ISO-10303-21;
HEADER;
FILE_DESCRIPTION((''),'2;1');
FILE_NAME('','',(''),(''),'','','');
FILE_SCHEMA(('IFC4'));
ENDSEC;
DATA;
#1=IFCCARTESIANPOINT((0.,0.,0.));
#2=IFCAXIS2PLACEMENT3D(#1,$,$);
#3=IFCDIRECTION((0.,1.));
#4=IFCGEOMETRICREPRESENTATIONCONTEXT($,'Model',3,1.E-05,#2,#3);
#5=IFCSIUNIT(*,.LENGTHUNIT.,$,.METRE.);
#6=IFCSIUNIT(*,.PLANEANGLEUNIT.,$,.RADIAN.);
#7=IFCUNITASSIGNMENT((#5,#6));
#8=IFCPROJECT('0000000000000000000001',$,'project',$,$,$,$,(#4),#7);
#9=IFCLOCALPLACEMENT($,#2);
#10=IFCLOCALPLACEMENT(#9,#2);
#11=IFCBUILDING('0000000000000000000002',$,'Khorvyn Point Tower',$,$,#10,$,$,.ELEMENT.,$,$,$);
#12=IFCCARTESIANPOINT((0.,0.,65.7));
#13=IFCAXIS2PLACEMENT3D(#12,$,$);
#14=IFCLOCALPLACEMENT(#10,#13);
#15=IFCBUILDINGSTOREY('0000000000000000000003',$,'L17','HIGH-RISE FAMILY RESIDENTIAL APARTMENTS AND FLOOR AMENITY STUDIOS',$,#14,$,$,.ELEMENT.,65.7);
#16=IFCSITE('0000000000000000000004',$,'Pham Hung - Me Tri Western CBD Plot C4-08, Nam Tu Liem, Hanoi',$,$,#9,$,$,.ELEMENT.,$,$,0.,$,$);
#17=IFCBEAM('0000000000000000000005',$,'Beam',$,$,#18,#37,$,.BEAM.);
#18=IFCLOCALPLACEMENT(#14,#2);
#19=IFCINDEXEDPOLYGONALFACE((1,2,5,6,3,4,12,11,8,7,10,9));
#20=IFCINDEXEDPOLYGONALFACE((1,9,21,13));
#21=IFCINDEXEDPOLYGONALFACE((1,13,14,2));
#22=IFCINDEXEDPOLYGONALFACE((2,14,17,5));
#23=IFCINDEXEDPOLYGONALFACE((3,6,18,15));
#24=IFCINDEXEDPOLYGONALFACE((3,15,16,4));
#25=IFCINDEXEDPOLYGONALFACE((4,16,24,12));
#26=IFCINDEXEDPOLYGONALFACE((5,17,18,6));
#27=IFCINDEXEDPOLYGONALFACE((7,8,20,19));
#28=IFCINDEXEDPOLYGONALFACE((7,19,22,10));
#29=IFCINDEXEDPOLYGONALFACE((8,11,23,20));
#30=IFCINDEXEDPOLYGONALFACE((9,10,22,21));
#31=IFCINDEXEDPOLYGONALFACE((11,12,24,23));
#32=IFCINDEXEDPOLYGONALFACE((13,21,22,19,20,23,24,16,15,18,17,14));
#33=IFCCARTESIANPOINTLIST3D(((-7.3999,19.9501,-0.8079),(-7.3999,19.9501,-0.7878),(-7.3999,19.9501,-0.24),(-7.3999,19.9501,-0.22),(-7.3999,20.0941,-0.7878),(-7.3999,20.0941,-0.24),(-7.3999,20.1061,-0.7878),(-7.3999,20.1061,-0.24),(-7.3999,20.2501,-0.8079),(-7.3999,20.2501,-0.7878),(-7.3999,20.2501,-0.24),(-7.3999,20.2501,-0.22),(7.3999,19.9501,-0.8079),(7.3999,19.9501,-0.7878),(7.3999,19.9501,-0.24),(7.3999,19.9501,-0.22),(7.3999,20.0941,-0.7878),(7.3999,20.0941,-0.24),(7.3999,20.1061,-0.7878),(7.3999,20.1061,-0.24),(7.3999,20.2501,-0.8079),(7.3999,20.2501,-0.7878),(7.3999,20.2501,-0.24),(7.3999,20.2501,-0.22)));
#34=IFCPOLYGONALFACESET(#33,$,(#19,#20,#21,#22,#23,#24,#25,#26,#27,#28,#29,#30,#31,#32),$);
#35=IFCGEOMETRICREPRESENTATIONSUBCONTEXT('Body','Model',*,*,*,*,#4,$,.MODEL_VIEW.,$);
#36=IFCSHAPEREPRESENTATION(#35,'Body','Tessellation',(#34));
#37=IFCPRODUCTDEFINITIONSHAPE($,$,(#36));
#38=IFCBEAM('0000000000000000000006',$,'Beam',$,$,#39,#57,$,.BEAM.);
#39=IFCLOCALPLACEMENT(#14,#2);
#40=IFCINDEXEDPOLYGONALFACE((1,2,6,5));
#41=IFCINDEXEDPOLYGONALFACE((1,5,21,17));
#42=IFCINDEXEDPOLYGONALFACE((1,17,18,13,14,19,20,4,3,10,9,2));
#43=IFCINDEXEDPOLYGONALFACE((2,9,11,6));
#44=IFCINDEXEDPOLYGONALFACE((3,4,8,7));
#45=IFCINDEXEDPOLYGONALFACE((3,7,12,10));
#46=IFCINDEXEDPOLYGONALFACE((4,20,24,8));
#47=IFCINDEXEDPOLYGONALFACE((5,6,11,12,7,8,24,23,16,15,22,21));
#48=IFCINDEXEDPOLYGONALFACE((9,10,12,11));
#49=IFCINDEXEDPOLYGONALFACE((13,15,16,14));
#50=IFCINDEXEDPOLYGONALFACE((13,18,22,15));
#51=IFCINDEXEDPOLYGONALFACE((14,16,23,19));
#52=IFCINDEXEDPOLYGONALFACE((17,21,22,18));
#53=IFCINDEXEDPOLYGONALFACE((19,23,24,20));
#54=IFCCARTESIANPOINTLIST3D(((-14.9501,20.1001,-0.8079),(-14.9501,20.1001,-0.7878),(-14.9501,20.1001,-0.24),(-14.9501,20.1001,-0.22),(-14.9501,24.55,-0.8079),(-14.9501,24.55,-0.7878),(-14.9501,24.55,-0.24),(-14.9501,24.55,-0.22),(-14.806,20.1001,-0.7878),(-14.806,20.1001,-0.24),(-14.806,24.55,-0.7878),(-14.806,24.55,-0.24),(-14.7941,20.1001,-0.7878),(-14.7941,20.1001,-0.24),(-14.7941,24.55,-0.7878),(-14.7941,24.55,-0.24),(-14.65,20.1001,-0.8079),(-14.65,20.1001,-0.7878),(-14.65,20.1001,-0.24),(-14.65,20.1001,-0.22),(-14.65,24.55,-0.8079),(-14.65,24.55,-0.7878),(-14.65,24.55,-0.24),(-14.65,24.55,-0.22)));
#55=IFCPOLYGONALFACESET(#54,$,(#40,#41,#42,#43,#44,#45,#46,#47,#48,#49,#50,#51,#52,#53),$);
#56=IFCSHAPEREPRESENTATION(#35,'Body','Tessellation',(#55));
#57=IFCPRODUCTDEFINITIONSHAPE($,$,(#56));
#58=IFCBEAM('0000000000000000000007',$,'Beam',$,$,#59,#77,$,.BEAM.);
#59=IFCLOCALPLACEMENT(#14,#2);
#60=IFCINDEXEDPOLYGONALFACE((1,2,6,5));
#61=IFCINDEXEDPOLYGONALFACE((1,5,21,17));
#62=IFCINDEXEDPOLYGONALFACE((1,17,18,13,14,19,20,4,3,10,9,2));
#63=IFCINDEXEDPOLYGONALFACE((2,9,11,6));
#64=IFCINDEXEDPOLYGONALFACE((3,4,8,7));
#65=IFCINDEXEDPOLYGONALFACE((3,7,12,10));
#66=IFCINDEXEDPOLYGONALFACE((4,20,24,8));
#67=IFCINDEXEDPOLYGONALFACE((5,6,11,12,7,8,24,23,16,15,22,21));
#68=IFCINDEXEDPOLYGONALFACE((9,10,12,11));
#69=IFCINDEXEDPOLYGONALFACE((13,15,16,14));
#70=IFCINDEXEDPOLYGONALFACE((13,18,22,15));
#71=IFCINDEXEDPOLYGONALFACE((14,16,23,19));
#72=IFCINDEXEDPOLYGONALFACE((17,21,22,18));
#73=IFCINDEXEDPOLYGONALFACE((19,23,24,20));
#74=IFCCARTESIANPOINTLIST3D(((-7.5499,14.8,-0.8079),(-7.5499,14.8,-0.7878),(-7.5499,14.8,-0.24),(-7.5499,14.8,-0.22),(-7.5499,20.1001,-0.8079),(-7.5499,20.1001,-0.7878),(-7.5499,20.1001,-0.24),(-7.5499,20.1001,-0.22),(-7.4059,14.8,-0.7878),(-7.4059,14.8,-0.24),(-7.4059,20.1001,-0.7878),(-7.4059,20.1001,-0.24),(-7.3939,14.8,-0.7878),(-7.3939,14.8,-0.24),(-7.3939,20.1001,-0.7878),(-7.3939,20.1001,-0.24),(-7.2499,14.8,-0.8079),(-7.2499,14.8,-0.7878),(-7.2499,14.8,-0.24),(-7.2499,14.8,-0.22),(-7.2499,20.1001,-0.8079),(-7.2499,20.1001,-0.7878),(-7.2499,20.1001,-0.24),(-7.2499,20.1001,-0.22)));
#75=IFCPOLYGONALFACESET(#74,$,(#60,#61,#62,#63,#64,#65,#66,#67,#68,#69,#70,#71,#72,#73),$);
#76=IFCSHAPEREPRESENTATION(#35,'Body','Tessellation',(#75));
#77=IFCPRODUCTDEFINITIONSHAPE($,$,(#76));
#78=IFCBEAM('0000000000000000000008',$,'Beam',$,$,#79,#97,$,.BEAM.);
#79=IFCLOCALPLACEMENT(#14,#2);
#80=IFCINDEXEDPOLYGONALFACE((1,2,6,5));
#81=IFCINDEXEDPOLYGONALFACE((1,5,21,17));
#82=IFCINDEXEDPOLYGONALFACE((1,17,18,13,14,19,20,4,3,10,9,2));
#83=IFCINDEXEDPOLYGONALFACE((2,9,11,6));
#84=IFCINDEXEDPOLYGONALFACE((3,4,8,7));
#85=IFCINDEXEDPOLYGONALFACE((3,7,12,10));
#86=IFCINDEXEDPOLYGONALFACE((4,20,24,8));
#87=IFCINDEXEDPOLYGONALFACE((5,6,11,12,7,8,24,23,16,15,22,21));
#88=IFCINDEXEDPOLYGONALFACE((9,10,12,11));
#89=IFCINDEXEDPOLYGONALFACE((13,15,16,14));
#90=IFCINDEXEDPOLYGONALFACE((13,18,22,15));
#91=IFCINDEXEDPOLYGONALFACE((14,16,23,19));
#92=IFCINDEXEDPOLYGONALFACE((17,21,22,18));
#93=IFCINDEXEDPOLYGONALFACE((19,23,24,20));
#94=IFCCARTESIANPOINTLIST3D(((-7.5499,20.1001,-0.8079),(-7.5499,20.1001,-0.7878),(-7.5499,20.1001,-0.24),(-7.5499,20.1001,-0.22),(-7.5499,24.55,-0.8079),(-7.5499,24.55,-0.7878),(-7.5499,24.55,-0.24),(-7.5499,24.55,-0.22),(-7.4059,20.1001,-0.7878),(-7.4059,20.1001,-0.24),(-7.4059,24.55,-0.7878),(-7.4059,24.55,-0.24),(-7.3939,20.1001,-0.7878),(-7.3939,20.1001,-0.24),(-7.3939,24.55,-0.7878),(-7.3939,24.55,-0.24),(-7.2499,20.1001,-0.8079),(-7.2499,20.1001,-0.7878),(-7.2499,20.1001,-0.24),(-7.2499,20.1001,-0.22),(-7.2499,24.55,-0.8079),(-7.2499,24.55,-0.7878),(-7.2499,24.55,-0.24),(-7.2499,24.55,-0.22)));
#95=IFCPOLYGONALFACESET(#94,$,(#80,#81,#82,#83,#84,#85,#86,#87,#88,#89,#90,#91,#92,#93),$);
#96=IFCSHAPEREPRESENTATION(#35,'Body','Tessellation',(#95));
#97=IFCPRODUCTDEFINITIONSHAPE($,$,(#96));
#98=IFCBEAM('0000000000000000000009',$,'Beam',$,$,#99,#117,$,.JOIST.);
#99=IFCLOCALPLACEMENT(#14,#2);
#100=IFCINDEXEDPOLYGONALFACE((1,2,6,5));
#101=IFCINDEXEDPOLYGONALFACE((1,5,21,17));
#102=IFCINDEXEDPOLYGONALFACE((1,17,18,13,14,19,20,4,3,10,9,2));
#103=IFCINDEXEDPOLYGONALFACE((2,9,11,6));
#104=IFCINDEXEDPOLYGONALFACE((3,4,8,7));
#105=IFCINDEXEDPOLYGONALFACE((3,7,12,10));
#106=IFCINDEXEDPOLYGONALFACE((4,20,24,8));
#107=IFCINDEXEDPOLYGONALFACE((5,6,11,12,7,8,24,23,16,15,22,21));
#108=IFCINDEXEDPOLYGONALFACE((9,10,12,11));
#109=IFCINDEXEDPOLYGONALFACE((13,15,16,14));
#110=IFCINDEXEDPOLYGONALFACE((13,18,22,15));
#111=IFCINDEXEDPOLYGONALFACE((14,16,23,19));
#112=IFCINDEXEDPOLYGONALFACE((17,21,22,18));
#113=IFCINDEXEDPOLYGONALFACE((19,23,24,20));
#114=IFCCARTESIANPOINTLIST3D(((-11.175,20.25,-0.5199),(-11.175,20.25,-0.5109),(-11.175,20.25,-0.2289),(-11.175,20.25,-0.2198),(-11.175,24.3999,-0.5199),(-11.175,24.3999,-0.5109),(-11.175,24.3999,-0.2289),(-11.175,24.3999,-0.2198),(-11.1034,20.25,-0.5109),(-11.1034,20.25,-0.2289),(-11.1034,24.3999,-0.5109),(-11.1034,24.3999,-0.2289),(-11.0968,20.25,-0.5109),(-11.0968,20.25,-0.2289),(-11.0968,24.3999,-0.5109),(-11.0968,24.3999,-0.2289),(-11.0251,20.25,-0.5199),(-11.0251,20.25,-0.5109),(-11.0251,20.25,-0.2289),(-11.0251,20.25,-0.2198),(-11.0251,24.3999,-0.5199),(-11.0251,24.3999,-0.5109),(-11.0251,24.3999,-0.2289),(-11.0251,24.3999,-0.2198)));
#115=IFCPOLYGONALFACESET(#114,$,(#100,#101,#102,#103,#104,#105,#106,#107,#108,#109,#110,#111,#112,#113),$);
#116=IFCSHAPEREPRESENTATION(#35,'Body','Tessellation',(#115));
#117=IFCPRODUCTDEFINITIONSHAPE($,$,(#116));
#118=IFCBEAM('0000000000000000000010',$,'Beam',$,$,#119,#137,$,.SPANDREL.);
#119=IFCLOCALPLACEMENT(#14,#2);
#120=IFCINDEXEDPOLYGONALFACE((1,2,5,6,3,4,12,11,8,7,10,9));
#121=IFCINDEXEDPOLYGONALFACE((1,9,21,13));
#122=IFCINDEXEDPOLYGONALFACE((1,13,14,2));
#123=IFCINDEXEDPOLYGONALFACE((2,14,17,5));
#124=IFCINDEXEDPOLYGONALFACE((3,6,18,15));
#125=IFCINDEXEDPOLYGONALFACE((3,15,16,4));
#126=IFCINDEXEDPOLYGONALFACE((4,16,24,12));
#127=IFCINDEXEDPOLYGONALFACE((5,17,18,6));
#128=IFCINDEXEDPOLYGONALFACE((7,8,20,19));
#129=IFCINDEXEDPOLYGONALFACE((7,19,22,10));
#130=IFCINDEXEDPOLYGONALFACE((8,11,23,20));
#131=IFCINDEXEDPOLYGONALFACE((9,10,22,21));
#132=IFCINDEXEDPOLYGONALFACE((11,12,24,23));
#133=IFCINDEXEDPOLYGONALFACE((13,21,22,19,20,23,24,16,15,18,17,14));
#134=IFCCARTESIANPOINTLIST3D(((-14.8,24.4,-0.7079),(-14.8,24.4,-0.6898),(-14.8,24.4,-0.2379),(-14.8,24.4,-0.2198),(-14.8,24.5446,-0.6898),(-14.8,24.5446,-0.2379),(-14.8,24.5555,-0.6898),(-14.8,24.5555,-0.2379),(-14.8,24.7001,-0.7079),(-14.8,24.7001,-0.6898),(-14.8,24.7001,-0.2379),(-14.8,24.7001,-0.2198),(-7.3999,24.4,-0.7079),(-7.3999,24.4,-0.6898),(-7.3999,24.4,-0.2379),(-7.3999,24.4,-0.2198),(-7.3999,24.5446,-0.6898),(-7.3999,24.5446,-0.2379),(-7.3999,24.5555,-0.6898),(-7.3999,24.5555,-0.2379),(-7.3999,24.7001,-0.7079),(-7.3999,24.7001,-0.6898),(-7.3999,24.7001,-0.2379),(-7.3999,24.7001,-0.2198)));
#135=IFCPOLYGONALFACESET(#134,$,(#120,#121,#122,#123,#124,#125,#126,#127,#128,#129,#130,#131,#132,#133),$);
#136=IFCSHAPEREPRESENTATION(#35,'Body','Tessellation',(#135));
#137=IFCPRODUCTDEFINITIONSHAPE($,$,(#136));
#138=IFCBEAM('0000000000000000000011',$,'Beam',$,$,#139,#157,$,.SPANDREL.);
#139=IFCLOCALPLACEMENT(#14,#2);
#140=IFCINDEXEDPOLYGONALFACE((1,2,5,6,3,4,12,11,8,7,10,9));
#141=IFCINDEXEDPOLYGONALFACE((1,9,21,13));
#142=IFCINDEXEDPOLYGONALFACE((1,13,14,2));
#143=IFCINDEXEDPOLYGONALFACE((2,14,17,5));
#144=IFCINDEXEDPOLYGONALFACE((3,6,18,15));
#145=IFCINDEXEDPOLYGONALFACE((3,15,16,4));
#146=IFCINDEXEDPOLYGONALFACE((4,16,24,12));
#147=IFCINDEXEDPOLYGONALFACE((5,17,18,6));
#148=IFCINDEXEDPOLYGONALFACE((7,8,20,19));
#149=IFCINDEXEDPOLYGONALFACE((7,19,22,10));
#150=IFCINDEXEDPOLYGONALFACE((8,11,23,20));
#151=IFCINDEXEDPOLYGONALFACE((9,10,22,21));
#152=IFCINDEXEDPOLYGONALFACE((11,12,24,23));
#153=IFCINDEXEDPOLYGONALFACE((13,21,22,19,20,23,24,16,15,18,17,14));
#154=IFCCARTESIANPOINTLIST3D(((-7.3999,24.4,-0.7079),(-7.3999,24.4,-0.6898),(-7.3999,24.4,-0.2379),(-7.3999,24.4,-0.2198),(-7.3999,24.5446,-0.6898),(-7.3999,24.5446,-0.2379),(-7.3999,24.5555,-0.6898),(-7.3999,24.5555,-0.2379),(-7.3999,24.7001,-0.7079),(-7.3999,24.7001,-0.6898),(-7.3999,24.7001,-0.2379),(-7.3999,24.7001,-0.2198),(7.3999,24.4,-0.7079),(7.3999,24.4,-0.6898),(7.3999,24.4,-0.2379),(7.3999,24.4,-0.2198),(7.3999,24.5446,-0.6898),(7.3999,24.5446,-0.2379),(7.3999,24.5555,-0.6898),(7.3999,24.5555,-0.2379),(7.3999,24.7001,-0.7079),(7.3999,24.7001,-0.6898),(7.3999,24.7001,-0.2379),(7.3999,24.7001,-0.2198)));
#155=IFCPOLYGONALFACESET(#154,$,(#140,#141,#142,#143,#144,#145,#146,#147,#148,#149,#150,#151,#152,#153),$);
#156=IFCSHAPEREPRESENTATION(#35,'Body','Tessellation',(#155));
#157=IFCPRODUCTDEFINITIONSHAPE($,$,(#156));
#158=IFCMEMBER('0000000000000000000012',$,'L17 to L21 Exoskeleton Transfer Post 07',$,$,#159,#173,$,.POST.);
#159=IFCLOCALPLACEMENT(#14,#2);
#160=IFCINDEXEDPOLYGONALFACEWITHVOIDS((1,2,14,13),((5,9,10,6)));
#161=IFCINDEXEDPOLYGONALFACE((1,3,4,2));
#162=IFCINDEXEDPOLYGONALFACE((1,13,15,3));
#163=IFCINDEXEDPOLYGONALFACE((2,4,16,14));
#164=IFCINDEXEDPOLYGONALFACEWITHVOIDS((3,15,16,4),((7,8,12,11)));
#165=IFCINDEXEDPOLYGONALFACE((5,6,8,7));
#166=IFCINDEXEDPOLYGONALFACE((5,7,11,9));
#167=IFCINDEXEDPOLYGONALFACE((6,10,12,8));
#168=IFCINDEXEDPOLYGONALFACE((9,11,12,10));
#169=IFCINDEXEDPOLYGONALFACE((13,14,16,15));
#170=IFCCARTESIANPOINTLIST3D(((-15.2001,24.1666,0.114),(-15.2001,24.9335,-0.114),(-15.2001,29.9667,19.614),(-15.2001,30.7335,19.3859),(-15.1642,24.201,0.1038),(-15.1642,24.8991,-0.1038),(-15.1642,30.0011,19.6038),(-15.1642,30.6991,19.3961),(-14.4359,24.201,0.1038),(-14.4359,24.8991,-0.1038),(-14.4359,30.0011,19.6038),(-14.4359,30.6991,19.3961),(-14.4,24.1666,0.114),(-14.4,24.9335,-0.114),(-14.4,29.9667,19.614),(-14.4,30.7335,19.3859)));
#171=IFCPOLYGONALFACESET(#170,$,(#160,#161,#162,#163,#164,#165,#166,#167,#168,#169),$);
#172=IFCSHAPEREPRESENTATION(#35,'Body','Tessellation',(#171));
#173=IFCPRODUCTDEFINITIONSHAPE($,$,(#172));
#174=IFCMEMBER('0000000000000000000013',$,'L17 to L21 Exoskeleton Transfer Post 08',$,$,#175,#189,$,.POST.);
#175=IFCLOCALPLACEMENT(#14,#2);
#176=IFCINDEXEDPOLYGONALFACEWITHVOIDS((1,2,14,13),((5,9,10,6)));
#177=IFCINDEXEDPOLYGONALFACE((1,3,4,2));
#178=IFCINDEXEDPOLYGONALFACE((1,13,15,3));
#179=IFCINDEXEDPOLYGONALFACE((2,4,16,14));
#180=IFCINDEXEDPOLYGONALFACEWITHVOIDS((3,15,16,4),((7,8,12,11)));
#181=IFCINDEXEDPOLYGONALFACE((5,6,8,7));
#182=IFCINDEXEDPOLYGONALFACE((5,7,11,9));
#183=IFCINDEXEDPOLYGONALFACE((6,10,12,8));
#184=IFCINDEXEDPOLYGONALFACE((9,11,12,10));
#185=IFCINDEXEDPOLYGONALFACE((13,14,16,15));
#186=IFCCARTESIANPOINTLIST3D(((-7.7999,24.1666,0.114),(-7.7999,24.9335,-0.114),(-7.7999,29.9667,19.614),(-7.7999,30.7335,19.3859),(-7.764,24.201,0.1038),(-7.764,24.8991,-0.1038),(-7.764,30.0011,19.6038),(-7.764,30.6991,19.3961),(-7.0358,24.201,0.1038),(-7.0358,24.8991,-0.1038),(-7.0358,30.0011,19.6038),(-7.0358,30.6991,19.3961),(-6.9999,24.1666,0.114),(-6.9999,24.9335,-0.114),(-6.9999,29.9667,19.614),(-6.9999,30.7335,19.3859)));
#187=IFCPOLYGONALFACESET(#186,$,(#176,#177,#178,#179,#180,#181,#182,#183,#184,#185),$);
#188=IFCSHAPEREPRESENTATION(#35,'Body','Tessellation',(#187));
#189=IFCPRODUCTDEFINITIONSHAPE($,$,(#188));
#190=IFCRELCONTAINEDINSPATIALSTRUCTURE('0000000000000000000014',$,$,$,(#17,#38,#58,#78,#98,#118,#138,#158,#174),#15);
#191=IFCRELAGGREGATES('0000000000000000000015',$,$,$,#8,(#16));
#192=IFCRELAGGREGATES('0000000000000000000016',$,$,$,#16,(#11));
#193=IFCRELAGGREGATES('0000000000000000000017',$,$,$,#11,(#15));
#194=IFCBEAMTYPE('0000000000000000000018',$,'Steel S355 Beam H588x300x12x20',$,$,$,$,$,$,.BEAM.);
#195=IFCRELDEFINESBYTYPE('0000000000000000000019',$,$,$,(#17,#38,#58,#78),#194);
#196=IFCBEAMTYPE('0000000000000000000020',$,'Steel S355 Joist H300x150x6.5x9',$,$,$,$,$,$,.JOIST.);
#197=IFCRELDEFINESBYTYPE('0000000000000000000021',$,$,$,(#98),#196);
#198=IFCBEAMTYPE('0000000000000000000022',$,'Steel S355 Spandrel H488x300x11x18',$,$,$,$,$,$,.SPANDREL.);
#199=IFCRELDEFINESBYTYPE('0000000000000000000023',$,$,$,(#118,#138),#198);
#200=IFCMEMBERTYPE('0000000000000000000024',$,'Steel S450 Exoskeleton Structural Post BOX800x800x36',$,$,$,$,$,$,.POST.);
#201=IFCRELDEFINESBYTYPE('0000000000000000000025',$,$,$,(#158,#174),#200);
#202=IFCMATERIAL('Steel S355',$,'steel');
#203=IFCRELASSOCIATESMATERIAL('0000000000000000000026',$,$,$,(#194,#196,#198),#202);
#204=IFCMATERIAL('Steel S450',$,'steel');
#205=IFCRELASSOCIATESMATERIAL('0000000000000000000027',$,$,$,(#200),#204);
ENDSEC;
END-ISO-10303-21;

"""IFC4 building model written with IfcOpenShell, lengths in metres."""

from ifc_helpers import new_model, si_unit, direction, frame, origin, origin_2d, place, context, subcontext, project, spatial, hollow_rectangle, i_section, extrude, material, material_profile, profile_set, type_object, element, save


model = new_model("IFC4")

# Units and contexts
model_context = context("Model", 3, precision=1e-05, world=origin(), true_north=direction((0.0, 1.0)))
body_context = subcontext(model_context, "Body", "Model", "MODEL_VIEW")
ifc_project = project(units=[si_unit("LENGTHUNIT", "METRE"), si_unit("PLANEANGLEUNIT", "RADIAN")], contexts=[model_context])

# Site, building, storey
site_placement = place(None, origin())
site = spatial("IfcSite", under=ifc_project, at=site_placement, Name="Pham Hung - Me Tri Western CBD Plot C4-08, Nam Tu Liem, Hanoi", CompositionType="ELEMENT", RefElevation=0.0)
building_placement = place(site_placement, origin())
building = spatial("IfcBuilding", under=site, at=building_placement, Name="Khorvyn Point Tower", CompositionType="ELEMENT")
storey_placement = place(building_placement, frame((0.0, 0.0, 65.7)))
storey = spatial("IfcBuildingStorey", under=building, at=storey_placement, Name="L17", Description="HIGH-RISE FAMILY RESIDENTIAL APARTMENTS AND FLOOR AMENITY STUDIOS", CompositionType="ELEMENT", Elevation=65.7)

# Shared definitions
ifc_material_1 = material(Name="Steel S450", Category="steel")

# Beams
ifc_material_2 = material(Name="Steel S355", Category="steel")
ifc_material_profile_1 = material_profile(ifc_material_2, i_section(OverallWidth=0.3, OverallDepth=0.5879, WebThickness=0.012, FlangeThickness=0.02, at=origin_2d()))
ifc_profile_set_1 = profile_set([ifc_material_profile_1], Name="Steel S355 H588x300x12x20")
beam_type_1 = type_object("IfcBeamType", Name="Steel S355 Beam H588x300x12x20", PredefinedType="BEAM", material=ifc_profile_set_1)
beam_1_placement = place(storey_placement, frame((-7.3999, 20.1001, -0.5139), z_axis=(1.0, 0.0, 0.0), x_axis=(0.0, 1.0, 0.0)))
element("IfcBeam", 1, at=beam_1_placement, inside=storey, type_object=beam_type_1, Name="Beam", PredefinedType="BEAM", context=body_context, shape_type="SweptSolid", body=[
    extrude(i_section(OverallWidth=0.3, OverallDepth=0.5879, WebThickness=0.012, FlangeThickness=0.02, at=origin_2d()), origin(), (0.0, 0.0, 1.0), 14.7998),
])
beam_2_placement = place(storey_placement, frame((-14.8, 20.1001, -0.5139), z_axis=(0.0, 1.0, 0.0), x_axis=(-1.0, 0.0, 0.0)))
element("IfcBeam", 2, at=beam_2_placement, inside=storey, type_object=beam_type_1, Name="Beam", PredefinedType="BEAM", context=body_context, shape_type="SweptSolid", body=[
    extrude(i_section(OverallWidth=0.3, OverallDepth=0.5879, WebThickness=0.012, FlangeThickness=0.02, at=origin_2d()), origin(), (0.0, 0.0, 1.0), 4.45),
])
beam_3_placement = place(storey_placement, frame((-7.3999, 14.8, -0.5139), z_axis=(0.0, 1.0, 0.0), x_axis=(-1.0, 0.0, 0.0)))
element("IfcBeam", 3, at=beam_3_placement, inside=storey, type_object=beam_type_1, Name="Beam", PredefinedType="BEAM", context=body_context, shape_type="SweptSolid", body=[
    extrude(i_section(OverallWidth=0.3, OverallDepth=0.5879, WebThickness=0.012, FlangeThickness=0.02, at=origin_2d()), origin(), (0.0, 0.0, 1.0), 5.3),
])
beam_4_placement = place(storey_placement, frame((-7.3999, 20.1001, -0.5139), z_axis=(0.0, 1.0, 0.0), x_axis=(-1.0, 0.0, 0.0)))
element("IfcBeam", 4, at=beam_4_placement, inside=storey, type_object=beam_type_1, Name="Beam", PredefinedType="BEAM", context=body_context, shape_type="SweptSolid", body=[
    extrude(i_section(OverallWidth=0.3, OverallDepth=0.5879, WebThickness=0.012, FlangeThickness=0.02, at=origin_2d()), origin(), (0.0, 0.0, 1.0), 4.45),
])
ifc_material_profile_2 = material_profile(ifc_material_2, i_section(OverallWidth=0.1499, OverallDepth=0.3, WebThickness=0.0066, FlangeThickness=0.009, at=origin_2d()))
ifc_profile_set_2 = profile_set([ifc_material_profile_2], Name="Steel S355 H300x150x6.5x9")
beam_type_2 = type_object("IfcBeamType", Name="Steel S355 Joist H300x150x6.5x9", PredefinedType="JOIST", material=ifc_profile_set_2)
beam_5_placement = place(storey_placement, frame((-11.1001, 20.25, -0.3699), z_axis=(0.0, 1.0, 0.0), x_axis=(-1.0, 0.0, 0.0)))
element("IfcBeam", 5, at=beam_5_placement, inside=storey, type_object=beam_type_2, Name="Beam", PredefinedType="JOIST", context=body_context, shape_type="SweptSolid", body=[
    extrude(i_section(OverallWidth=0.1499, OverallDepth=0.3, WebThickness=0.0066, FlangeThickness=0.009, at=origin_2d()), origin(), (0.0, 0.0, 1.0), 4.1499),
])
ifc_material_profile_3 = material_profile(ifc_material_2, i_section(OverallWidth=0.3, OverallDepth=0.488, WebThickness=0.011, FlangeThickness=0.0181, at=origin_2d()))
ifc_profile_set_3 = profile_set([ifc_material_profile_3], Name="Steel S355 H488x300x11x18")
beam_type_3 = type_object("IfcBeamType", Name="Steel S355 Spandrel H488x300x11x18", PredefinedType="SPANDREL", material=ifc_profile_set_3)
beam_6_placement = place(storey_placement, frame((-14.8, 24.55, -0.4639), z_axis=(1.0, 0.0, 0.0), x_axis=(0.0, 1.0, 0.0)))
element("IfcBeam", 6, at=beam_6_placement, inside=storey, type_object=beam_type_3, Name="Beam", PredefinedType="SPANDREL", context=body_context, shape_type="SweptSolid", body=[
    extrude(i_section(OverallWidth=0.3, OverallDepth=0.488, WebThickness=0.011, FlangeThickness=0.0181, at=origin_2d()), origin(), (0.0, 0.0, 1.0), 7.4001),
])
beam_7_placement = place(storey_placement, frame((-7.3999, 24.55, -0.4639), z_axis=(1.0, 0.0, 0.0), x_axis=(0.0, 1.0, 0.0)))
element("IfcBeam", 7, at=beam_7_placement, inside=storey, type_object=beam_type_3, Name="Beam", PredefinedType="SPANDREL", context=body_context, shape_type="SweptSolid", body=[
    extrude(i_section(OverallWidth=0.3, OverallDepth=0.488, WebThickness=0.011, FlangeThickness=0.0181, at=origin_2d()), origin(), (0.0, 0.0, 1.0), 14.7998),
])

# Members
ifc_material_profile_4 = material_profile(ifc_material_1, hollow_rectangle(XDim=0.8, YDim=0.8, WallThickness=0.0359, at=origin_2d()))
ifc_profile_set_4 = profile_set([ifc_material_profile_4], Name="Steel S450 BOX800x800x36")
member_type_1 = type_object("IfcMemberType", Name="Steel S450 Exoskeleton Structural Post BOX800x800x36", PredefinedType="POST", material=ifc_profile_set_4)
for number, where, z_axis, x_axis, name in (
    (8, (-14.8, 24.55, 0.0), (0.0, 0.285095, 0.958499), (-1.0, 0.0, 0.0), "L17 to L21 Exoskeleton Transfer Post 07"),
    (9, (-7.3999, 24.55, 0.0), (0.0, 0.285095, 0.958499), (-1.0, 0.0, 0.0), "L17 to L21 Exoskeleton Transfer Post 08"),
):
    element("IfcMember", number, at=place(storey_placement, frame(where, z_axis=z_axis, x_axis=x_axis)), inside=storey, type_object=member_type_1, Name=name, PredefinedType="POST", context=body_context, shape_type="SweptSolid", body=[
        extrude(hollow_rectangle(XDim=0.8, YDim=0.8, WallThickness=0.0359, at=origin_2d()), origin(), (0.0, 0.0, 1.0), 20.3442),
    ])

save(model, "model.ifc")
